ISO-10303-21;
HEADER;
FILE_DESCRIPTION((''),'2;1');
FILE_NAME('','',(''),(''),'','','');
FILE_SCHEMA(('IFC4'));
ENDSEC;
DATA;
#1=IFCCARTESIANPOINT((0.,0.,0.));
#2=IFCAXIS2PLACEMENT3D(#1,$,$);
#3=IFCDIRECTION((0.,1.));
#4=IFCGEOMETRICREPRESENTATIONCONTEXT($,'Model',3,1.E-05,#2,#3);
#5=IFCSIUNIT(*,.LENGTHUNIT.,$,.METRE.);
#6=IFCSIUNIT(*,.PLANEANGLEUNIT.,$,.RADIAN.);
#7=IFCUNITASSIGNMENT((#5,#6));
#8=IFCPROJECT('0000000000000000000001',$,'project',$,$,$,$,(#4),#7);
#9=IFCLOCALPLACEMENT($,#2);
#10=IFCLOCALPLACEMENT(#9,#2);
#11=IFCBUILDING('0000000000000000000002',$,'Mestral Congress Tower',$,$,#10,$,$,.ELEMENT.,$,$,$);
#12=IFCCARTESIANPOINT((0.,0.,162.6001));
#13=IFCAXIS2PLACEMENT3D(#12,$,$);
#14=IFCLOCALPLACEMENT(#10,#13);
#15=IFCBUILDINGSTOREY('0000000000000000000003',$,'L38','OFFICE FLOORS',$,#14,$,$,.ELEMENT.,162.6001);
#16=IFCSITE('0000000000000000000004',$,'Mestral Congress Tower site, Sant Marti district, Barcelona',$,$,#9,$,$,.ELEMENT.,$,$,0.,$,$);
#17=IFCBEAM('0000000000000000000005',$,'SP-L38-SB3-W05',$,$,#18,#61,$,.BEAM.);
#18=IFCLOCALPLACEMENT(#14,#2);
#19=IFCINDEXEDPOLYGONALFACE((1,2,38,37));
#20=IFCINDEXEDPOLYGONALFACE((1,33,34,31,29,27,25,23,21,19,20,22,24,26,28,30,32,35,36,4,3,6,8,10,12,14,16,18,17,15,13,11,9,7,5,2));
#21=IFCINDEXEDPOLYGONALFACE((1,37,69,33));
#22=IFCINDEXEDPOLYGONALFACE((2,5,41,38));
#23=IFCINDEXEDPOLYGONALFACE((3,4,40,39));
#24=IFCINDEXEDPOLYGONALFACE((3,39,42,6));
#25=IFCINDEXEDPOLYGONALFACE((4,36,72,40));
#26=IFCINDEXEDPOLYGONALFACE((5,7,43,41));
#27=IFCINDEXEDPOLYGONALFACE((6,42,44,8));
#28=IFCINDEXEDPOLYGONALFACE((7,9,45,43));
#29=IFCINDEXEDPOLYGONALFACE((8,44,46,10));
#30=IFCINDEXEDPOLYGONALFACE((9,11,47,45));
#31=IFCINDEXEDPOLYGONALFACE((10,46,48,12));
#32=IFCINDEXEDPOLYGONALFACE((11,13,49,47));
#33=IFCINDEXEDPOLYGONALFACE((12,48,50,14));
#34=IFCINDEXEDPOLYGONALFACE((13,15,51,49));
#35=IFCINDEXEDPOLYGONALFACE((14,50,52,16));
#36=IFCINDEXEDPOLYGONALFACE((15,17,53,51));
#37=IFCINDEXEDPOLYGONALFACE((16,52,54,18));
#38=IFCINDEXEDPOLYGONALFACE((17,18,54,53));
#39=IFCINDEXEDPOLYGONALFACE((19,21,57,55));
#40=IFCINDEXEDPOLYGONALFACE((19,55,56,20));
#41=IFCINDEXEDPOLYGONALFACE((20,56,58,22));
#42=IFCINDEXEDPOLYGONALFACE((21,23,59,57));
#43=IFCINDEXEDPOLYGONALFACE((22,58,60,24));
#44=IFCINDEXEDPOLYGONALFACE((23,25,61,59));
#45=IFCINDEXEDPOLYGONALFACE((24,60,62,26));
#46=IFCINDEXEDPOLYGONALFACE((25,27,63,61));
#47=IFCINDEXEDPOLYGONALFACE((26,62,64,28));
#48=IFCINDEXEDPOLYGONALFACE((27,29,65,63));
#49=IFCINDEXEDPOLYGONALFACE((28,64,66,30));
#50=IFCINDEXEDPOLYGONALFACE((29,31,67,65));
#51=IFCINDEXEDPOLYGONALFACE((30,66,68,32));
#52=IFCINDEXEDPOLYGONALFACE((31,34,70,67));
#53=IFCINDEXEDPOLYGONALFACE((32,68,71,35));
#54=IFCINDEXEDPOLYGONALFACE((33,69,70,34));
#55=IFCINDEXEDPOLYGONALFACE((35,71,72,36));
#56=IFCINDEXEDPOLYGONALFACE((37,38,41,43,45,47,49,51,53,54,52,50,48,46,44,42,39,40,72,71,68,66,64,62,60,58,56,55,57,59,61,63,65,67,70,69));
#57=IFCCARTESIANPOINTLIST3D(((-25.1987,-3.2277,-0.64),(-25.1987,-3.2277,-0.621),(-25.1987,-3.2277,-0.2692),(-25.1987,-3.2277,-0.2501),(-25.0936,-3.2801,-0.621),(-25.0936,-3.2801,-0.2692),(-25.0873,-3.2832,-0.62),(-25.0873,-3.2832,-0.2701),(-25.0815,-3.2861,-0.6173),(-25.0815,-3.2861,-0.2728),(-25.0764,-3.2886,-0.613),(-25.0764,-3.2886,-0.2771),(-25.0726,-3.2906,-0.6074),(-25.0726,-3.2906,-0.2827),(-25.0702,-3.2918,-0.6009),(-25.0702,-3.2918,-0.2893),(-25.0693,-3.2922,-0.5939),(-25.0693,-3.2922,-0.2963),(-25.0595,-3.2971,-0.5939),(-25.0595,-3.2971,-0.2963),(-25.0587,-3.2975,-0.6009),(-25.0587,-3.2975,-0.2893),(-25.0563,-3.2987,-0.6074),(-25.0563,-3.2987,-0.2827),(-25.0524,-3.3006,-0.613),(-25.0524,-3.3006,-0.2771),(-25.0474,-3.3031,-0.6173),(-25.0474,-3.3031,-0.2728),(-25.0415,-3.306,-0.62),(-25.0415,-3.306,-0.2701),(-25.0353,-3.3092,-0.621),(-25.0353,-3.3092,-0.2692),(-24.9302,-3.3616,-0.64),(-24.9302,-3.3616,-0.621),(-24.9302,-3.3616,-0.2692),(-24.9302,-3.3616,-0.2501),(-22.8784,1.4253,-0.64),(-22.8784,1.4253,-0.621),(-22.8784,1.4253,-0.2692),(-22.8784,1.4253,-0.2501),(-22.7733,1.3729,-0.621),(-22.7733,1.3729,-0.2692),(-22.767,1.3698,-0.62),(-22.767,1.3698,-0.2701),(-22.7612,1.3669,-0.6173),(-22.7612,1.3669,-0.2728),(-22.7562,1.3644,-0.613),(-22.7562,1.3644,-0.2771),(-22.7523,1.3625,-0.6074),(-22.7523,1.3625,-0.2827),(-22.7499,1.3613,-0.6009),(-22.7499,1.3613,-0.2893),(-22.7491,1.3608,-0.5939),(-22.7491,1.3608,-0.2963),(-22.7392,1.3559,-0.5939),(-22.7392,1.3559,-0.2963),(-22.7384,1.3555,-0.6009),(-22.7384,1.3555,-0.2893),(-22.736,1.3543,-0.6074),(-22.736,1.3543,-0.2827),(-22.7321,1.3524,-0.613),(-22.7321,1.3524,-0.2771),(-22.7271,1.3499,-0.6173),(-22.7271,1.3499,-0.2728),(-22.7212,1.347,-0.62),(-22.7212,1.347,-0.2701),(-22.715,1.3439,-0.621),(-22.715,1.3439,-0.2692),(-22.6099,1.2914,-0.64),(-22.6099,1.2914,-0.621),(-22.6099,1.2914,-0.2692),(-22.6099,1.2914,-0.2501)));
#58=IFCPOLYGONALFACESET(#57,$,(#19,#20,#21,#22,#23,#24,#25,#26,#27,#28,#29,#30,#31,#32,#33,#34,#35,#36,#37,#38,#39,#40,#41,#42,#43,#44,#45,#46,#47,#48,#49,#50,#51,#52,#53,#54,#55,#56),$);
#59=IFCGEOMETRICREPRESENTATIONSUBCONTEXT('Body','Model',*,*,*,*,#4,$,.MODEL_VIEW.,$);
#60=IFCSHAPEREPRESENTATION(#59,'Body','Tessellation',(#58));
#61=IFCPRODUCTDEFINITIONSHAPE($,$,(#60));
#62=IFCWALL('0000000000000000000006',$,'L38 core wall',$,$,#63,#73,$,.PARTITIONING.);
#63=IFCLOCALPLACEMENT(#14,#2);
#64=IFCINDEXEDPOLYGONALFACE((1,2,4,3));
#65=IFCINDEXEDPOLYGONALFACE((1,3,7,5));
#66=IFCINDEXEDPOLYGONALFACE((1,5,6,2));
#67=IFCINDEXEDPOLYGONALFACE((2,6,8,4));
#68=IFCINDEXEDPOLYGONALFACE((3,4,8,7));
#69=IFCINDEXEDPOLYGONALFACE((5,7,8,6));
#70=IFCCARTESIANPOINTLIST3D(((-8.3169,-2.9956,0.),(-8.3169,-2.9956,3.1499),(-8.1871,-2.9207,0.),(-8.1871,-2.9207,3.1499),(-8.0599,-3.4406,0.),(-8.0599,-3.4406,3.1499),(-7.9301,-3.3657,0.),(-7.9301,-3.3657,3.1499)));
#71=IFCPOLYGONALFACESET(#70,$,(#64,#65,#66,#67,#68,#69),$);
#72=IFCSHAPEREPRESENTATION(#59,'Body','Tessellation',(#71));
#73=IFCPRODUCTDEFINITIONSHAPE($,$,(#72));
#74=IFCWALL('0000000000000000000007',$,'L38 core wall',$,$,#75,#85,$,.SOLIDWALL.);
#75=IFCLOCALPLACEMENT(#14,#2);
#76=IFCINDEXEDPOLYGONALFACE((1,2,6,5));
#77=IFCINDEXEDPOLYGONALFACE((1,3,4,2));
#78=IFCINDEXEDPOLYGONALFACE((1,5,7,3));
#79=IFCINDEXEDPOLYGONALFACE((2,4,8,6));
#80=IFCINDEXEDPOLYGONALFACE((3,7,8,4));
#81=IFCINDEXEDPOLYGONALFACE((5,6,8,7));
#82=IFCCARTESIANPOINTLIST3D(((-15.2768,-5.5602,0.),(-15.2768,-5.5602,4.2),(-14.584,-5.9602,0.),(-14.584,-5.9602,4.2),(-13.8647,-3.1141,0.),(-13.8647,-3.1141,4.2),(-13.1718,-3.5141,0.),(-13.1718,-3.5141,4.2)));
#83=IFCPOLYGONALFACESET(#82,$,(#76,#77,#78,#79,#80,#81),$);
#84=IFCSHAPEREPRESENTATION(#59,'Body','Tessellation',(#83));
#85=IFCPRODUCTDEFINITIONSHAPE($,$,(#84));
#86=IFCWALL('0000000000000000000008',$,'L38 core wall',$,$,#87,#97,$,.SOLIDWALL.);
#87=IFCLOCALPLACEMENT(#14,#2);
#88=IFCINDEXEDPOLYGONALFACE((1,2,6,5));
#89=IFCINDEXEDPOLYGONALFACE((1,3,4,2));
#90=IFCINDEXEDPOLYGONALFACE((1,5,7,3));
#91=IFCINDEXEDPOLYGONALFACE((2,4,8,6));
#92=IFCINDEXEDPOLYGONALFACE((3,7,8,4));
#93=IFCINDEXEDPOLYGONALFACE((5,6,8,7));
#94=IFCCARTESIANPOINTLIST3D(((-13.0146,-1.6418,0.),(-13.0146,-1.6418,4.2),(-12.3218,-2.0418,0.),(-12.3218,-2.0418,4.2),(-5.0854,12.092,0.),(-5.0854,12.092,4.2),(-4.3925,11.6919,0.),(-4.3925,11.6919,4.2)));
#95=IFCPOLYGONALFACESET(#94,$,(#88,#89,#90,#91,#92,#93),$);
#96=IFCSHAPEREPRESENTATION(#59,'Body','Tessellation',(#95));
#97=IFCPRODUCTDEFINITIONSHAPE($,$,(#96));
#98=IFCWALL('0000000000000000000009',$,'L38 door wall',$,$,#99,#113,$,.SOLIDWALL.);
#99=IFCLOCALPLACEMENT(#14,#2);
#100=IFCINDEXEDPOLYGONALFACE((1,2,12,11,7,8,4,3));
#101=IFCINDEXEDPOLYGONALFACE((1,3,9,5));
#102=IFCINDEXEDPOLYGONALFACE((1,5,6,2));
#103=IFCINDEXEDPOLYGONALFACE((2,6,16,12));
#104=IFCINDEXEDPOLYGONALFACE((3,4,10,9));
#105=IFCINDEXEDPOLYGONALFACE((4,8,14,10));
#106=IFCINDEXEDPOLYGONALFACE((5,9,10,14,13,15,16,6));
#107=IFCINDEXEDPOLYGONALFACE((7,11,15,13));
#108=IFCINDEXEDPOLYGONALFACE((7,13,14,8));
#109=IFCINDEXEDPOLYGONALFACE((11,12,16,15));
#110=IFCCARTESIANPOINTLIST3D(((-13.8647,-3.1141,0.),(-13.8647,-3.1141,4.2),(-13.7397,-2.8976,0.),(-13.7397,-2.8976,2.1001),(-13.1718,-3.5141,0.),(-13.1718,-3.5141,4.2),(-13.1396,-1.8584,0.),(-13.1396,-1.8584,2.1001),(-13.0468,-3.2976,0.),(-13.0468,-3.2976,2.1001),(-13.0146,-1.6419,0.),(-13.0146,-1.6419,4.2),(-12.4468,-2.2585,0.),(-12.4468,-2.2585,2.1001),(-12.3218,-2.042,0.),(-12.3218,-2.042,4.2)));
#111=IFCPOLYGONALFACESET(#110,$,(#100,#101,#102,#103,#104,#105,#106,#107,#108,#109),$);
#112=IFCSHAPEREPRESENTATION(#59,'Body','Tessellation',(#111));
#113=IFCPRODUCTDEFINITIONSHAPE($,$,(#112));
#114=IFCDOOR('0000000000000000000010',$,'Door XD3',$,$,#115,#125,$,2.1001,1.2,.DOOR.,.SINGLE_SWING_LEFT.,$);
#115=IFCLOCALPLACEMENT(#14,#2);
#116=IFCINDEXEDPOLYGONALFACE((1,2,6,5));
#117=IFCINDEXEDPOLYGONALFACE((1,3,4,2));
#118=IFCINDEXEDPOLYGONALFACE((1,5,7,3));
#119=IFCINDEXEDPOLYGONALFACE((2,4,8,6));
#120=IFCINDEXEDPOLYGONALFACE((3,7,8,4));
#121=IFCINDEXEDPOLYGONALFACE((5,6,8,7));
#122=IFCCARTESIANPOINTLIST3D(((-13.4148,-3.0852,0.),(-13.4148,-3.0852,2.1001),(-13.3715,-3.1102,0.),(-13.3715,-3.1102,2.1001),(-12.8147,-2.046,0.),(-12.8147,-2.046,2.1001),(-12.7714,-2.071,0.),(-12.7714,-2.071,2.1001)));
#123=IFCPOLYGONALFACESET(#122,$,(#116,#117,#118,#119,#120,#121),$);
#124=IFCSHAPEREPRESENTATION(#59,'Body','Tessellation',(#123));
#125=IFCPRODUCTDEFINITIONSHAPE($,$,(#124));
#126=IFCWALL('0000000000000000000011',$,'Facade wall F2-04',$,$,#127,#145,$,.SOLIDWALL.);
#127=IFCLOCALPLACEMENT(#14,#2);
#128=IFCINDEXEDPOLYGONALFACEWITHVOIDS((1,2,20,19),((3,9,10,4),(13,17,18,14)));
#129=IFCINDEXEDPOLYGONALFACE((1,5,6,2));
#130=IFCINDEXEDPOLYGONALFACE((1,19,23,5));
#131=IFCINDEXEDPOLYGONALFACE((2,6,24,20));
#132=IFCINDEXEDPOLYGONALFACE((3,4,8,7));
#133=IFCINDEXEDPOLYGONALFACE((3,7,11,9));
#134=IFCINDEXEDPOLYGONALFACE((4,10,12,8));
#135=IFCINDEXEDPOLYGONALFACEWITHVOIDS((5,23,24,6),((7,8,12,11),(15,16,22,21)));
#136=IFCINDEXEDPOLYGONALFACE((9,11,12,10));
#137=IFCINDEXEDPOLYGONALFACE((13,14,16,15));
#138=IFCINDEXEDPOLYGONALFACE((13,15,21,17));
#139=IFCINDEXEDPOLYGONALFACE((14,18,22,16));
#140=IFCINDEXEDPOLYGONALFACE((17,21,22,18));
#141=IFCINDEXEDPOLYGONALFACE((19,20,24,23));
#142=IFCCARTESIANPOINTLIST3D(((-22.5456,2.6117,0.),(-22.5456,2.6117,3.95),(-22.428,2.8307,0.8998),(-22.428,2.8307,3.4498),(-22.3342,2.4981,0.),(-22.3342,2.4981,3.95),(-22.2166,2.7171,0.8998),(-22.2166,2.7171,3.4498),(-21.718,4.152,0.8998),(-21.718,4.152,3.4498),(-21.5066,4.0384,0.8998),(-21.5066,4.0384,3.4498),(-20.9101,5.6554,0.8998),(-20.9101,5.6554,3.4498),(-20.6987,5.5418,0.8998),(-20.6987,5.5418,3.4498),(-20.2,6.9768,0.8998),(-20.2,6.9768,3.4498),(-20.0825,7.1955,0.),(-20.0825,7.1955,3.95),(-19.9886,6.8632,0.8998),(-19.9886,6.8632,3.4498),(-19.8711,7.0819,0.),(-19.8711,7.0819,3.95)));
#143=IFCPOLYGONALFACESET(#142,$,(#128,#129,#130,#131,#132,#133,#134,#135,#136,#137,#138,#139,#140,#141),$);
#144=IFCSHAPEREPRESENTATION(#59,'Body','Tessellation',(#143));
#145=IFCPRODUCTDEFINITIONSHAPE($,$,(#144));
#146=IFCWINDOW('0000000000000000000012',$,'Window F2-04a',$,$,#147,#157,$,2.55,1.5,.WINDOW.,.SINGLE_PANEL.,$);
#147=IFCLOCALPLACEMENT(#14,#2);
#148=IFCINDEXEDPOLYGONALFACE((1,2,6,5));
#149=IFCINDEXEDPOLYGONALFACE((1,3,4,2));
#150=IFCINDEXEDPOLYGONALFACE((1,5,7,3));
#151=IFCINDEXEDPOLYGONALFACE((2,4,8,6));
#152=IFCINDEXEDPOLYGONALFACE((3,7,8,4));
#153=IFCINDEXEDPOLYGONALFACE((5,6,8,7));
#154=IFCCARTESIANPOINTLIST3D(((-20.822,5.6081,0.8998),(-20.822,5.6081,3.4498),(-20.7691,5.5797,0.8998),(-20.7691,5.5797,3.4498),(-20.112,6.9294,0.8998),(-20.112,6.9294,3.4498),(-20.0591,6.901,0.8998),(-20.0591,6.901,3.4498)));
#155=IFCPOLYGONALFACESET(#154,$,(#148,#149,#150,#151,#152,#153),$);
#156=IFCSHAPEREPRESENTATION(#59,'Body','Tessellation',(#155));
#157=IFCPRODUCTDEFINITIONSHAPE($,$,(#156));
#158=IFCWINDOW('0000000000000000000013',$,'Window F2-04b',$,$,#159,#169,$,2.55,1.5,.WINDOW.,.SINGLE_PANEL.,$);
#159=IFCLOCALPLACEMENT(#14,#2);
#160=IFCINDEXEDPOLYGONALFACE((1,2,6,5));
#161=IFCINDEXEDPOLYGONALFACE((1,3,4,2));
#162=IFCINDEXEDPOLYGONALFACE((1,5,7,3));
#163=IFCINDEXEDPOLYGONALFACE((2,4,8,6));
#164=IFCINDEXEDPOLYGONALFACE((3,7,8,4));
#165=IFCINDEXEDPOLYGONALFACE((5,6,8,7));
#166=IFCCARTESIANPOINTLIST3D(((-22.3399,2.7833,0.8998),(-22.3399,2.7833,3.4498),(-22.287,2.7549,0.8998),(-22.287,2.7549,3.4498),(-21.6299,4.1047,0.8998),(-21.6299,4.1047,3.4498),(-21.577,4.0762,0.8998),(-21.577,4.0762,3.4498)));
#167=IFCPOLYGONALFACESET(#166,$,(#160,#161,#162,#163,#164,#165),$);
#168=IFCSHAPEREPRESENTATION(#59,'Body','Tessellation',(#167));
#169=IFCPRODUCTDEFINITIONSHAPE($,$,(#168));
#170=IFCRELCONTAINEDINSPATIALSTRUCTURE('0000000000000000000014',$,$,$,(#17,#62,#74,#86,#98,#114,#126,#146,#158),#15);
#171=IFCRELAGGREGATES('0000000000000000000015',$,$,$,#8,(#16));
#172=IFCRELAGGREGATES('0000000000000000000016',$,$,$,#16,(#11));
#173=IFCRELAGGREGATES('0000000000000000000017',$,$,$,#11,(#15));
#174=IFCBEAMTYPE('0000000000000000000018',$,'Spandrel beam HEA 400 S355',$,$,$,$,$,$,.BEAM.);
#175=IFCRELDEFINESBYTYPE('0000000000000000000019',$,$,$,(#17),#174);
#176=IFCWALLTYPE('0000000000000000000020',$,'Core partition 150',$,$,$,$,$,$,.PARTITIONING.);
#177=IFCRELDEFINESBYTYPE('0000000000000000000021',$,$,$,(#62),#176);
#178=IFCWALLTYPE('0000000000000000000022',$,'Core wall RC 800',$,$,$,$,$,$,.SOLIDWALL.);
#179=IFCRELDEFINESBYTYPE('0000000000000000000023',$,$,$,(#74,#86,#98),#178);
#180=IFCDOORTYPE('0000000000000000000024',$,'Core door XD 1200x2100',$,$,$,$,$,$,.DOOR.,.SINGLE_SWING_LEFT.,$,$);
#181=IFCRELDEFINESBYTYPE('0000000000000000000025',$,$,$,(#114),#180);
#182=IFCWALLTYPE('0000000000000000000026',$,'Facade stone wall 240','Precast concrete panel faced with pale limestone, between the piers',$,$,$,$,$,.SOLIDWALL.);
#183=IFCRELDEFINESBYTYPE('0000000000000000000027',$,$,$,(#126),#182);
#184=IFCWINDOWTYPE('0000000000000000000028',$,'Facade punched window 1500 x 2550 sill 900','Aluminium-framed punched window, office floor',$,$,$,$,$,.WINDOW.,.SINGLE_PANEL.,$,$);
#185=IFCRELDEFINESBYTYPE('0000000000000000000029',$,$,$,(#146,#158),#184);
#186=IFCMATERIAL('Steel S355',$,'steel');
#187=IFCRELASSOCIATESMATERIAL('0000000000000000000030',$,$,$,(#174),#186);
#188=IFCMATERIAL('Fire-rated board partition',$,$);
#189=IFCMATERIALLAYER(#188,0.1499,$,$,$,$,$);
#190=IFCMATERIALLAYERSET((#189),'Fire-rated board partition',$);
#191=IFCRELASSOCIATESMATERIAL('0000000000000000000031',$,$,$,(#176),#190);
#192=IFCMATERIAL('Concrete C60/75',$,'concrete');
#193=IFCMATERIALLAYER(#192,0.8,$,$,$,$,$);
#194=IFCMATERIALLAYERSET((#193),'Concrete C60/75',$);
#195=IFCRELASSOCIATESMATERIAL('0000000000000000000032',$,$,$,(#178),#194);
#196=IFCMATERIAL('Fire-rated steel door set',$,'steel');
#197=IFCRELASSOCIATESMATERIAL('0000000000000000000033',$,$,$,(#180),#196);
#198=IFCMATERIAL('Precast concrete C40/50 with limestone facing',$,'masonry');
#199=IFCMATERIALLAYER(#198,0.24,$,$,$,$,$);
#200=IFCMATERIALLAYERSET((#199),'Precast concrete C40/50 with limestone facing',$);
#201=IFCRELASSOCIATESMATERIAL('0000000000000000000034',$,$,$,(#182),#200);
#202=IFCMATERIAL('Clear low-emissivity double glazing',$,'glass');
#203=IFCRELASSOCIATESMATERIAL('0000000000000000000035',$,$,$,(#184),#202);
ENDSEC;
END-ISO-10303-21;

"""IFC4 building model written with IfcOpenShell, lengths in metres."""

from ifc_helpers import new_model, si_unit, direction, frame, frame_2d, origin, origin_2d, place, context, subcontext, project, spatial, rectangle, i_section, extrude, material, layer, layer_set, material_profile, profile_set, type_object, element, fill, save


model = new_model("IFC4")

# Units and contexts
model_context = context("Model", 3, precision=1e-05, world=origin(), true_north=direction((0.0, 1.0)))
body_context = subcontext(model_context, "Body", "Model", "MODEL_VIEW")
ifc_project = project(units=[si_unit("LENGTHUNIT", "METRE"), si_unit("PLANEANGLEUNIT", "RADIAN")], contexts=[model_context])

# Site, building, storey
site_placement = place(None, origin())
site = spatial("IfcSite", under=ifc_project, at=site_placement, Name="Mestral Congress Tower site, Sant Marti district, Barcelona", CompositionType="ELEMENT", RefElevation=0.0)
building_placement = place(site_placement, origin())
building = spatial("IfcBuilding", under=site, at=building_placement, Name="Mestral Congress Tower", CompositionType="ELEMENT")
storey_placement = place(building_placement, frame((0.0, 0.0, 162.6001)))
storey = spatial("IfcBuildingStorey", under=building, at=storey_placement, Name="L38", Description="OFFICE FLOORS", CompositionType="ELEMENT", Elevation=162.6001)

# Shared definitions
ifc_material_1 = material(Name="Concrete C60/75", Category="concrete")

# Beam
ifc_material_2 = material(Name="Steel S355", Category="steel")
ifc_material_profile_1 = material_profile(ifc_material_2, i_section(OverallWidth=0.3, OverallDepth=0.3899, WebThickness=0.011, FlangeThickness=0.019, FilletRadius=0.0271, at=origin_2d()), Name="HEA 400")
ifc_profile_set_1 = profile_set([ifc_material_profile_1], Name="Steel S355")
beam_type_1 = type_object("IfcBeamType", Name="Spandrel beam HEA 400 S355", PredefinedType="BEAM", material=ifc_profile_set_1)
beam_1_placement = place(storey_placement, frame((-22.7441, 1.3584, -0.4451), z_axis=(-0.446255, -0.894906, 0.0), x_axis=(0.894906, -0.446255, 0.0)))
element("IfcBeam", 1, at=beam_1_placement, inside=storey, type_object=beam_type_1, Name="SP-L38-SB3-W05", PredefinedType="BEAM", context=body_context, shape_type="SweptSolid", body=[
    extrude(i_section(OverallWidth=0.3, OverallDepth=0.3899, WebThickness=0.011, FlangeThickness=0.019, FilletRadius=0.0271, at=origin_2d()), origin(), (0.0, 0.0, 1.0), 5.1995),
])

# Walls
ifc_material_3 = material(Name="Fire-rated board partition")
ifc_layer_1 = layer(ifc_material_3, 0.1499)
ifc_layer_set_1 = layer_set([ifc_layer_1], Name="Fire-rated board partition")
wall_type_1 = type_object("IfcWallType", Name="Core partition 150", PredefinedType="PARTITIONING", material=ifc_layer_set_1)
wall_1_placement = place(storey_placement, frame((-8.252, -2.9583, 0.0), z_axis=(0.0, 0.0, 1.0), x_axis=(0.500175, -0.865925, 0.0)))
element("IfcWall", 2, at=wall_1_placement, inside=storey, type_object=wall_type_1, Name="L38 core wall", PredefinedType="PARTITIONING", context=body_context, shape_type="SweptSolid", body=[
    extrude(rectangle(XDim=0.5139, YDim=0.1499, at=frame_2d((0.2568, 0.0))), origin(), (0.0, 0.0, 1.0), 3.1499),
])
ifc_layer_2 = layer(ifc_material_1, 0.8)
ifc_layer_set_2 = layer_set([ifc_layer_2], Name="Concrete C60/75")
wall_type_2 = type_object("IfcWallType", Name="Core wall RC 800", PredefinedType="SOLIDWALL", material=ifc_layer_set_2)
wall_2_placement = place(storey_placement, frame((-13.5183, -3.3142, 0.0), z_axis=(0.0, 0.0, 1.0), x_axis=(-0.499969, -0.866043, 0.0)))
element("IfcWall", 3, at=wall_2_placement, inside=storey, type_object=wall_type_2, Name="L38 core wall", PredefinedType="SOLIDWALL", context=body_context, shape_type="SweptSolid", body=[
    extrude(rectangle(XDim=2.8245, YDim=0.8, at=frame_2d((1.4121, 0.0))), origin(), (0.0, 0.0, 1.0), 4.2),
])
wall_3_placement = place(storey_placement, frame((-12.6682, -1.8418, 0.0), z_axis=(0.0, 0.0, 1.0), x_axis=(0.500004, 0.866023, 0.0)))
element("IfcWall", 4, at=wall_3_placement, inside=storey, type_object=wall_type_2, Name="L38 core wall", PredefinedType="SOLIDWALL", context=body_context, shape_type="SweptSolid", body=[
    extrude(rectangle(XDim=15.8584, YDim=0.8, at=frame_2d((7.9292, 0.0))), origin(), (0.0, 0.0, 1.0), 4.2),
])

# Wall, opening, door
wall_4_placement = place(storey_placement, frame((-13.5183, -3.3142, 0.0), z_axis=(0.0, 0.0, 1.0), x_axis=(0.500062, 0.865989, 0.0)))
wall_4 = element("IfcWall", 5, at=wall_4_placement, inside=storey, type_object=wall_type_2, Name="L38 door wall", PredefinedType="SOLIDWALL", context=body_context, shape_type="SweptSolid", body=[
    extrude(rectangle(XDim=1.7, YDim=0.8, at=frame_2d((0.8501, 0.0))), origin(), (0.0, 0.0, 1.0), 4.2),
])
opening_1_placement = place(wall_4_placement, frame((0.25, 0.0, 0.0)))
opening_1 = element("IfcOpeningElement", 6, at=opening_1_placement, cuts=wall_4, PredefinedType="OPENING", context=body_context, shape_type="SweptSolid", body=[
    extrude(rectangle(XDim=1.2, YDim=2.1001, at=frame_2d((0.6001, 1.05))), frame((0.0, 0.4099, 0.0), z_axis=(0.0, -1.0, 0.0), x_axis=(1.0, 0.0, 0.0)), (0.0, 0.0, 1.0), 0.8201),
])
ifc_material_4 = material(Name="Fire-rated steel door set", Category="steel")
door_type_1 = type_object("IfcDoorType", Name="Core door XD 1200x2100", OperationType="SINGLE_SWING_LEFT", PredefinedType="DOOR", material=ifc_material_4)
door_1_placement = place(opening_1_placement, origin())
door_1 = element("IfcDoor", 7, at=door_1_placement, inside=storey, type_object=door_type_1, Name="Door XD3", OperationType="SINGLE_SWING_LEFT", OverallHeight=2.1001, OverallWidth=1.2, PredefinedType="DOOR", context=body_context, shape_type="SweptSolid", body=[
    extrude(rectangle(XDim=1.2, YDim=2.1001, at=frame_2d((0.6001, 1.05))), frame((0.0, 0.0249, 0.0), z_axis=(0.0, -1.0, 0.0), x_axis=(1.0, 0.0, 0.0)), (0.0, 0.0, 1.0), 0.05),
])
fill(opening_1, door_1)

# Wall, openings, windows
ifc_material_5 = material(Name="Precast concrete C40/50 with limestone facing", Category="masonry")
ifc_layer_3 = layer(ifc_material_5, 0.24)
ifc_layer_set_3 = layer_set([ifc_layer_3], Name="Precast concrete C40/50 with limestone facing")
wall_type_3 = type_object("IfcWallType", Name="Facade stone wall 240", Description="Precast concrete panel faced with pale limestone, between the piers", PredefinedType="SOLIDWALL", material=ifc_layer_set_3)
wall_5_placement = place(storey_placement, frame((-19.9768, 7.1387, 0.0), z_axis=(0.0, 0.0, 1.0), x_axis=(-0.47335, -0.880875, 0.0)))
wall_5 = element("IfcWall", 8, at=wall_5_placement, inside=storey, type_object=wall_type_3, Name="Facade wall F2-04", PredefinedType="SOLIDWALL", context=body_context, shape_type="SweptSolid", body=[
    extrude(rectangle(XDim=5.2036, YDim=0.24, at=frame_2d((2.6018, 0.0))), origin(), (0.0, 0.0, 1.0), 3.95),
])
opening_2_placement = place(wall_5_placement, frame((0.2483, 0.0, 0.8999)))
opening_2 = element("IfcOpeningElement", 9, at=opening_2_placement, cuts=wall_5, PredefinedType="OPENING", context=body_context, shape_type="SweptSolid", body=[
    extrude(rectangle(XDim=1.5, YDim=2.55, at=frame_2d((0.75, 1.2749))), frame((0.0, 0.1299, 0.0), z_axis=(0.0, -1.0, 0.0), x_axis=(1.0, 0.0, 0.0)), (0.0, 0.0, 1.0), 0.26),
])
opening_3_placement = place(wall_5_placement, frame((3.4551, 0.0, 0.8999)))
opening_3 = element("IfcOpeningElement", 10, at=opening_3_placement, cuts=wall_5, PredefinedType="OPENING", context=body_context, shape_type="SweptSolid", body=[
    extrude(rectangle(XDim=1.5, YDim=2.55, at=frame_2d((0.75, 1.2749))), frame((0.0, 0.1299, 0.0), z_axis=(0.0, -1.0, 0.0), x_axis=(1.0, 0.0, 0.0)), (0.0, 0.0, 1.0), 0.26),
])
ifc_material_6 = material(Name="Clear low-emissivity double glazing", Category="glass")
window_type = type_object("IfcWindowType", Name="Facade punched window 1500 x 2550 sill 900", Description="Aluminium-framed punched window, office floor", PartitioningType="SINGLE_PANEL", PredefinedType="WINDOW", material=ifc_material_6)
window_1_placement = place(opening_2_placement, origin())
window_1 = element("IfcWindow", 11, at=window_1_placement, inside=storey, type_object=window_type, Name="Window F2-04a", OverallHeight=2.55, OverallWidth=1.5, PartitioningType="SINGLE_PANEL", PredefinedType="WINDOW", context=body_context, shape_type="SweptSolid", body=[
    extrude(rectangle(XDim=1.5, YDim=2.55, at=frame_2d((0.75, 1.2749))), frame((0.0, 0.04, 0.0), z_axis=(0.0, -1.0, 0.0), x_axis=(1.0, 0.0, 0.0)), (0.0, 0.0, 1.0), 0.0601),
])
fill(opening_2, window_1)
window_2_placement = place(opening_3_placement, origin())
window_2 = element("IfcWindow", 12, at=window_2_placement, inside=storey, type_object=window_type, Name="Window F2-04b", OverallHeight=2.55, OverallWidth=1.5, PartitioningType="SINGLE_PANEL", PredefinedType="WINDOW", context=body_context, shape_type="SweptSolid", body=[
    extrude(rectangle(XDim=1.5, YDim=2.55, at=frame_2d((0.75, 1.2749))), frame((0.0, 0.04, 0.0), z_axis=(0.0, -1.0, 0.0), x_axis=(1.0, 0.0, 0.0)), (0.0, 0.0, 1.0), 0.0601),
])
fill(opening_3, window_2)

save(model, "model.ifc")
